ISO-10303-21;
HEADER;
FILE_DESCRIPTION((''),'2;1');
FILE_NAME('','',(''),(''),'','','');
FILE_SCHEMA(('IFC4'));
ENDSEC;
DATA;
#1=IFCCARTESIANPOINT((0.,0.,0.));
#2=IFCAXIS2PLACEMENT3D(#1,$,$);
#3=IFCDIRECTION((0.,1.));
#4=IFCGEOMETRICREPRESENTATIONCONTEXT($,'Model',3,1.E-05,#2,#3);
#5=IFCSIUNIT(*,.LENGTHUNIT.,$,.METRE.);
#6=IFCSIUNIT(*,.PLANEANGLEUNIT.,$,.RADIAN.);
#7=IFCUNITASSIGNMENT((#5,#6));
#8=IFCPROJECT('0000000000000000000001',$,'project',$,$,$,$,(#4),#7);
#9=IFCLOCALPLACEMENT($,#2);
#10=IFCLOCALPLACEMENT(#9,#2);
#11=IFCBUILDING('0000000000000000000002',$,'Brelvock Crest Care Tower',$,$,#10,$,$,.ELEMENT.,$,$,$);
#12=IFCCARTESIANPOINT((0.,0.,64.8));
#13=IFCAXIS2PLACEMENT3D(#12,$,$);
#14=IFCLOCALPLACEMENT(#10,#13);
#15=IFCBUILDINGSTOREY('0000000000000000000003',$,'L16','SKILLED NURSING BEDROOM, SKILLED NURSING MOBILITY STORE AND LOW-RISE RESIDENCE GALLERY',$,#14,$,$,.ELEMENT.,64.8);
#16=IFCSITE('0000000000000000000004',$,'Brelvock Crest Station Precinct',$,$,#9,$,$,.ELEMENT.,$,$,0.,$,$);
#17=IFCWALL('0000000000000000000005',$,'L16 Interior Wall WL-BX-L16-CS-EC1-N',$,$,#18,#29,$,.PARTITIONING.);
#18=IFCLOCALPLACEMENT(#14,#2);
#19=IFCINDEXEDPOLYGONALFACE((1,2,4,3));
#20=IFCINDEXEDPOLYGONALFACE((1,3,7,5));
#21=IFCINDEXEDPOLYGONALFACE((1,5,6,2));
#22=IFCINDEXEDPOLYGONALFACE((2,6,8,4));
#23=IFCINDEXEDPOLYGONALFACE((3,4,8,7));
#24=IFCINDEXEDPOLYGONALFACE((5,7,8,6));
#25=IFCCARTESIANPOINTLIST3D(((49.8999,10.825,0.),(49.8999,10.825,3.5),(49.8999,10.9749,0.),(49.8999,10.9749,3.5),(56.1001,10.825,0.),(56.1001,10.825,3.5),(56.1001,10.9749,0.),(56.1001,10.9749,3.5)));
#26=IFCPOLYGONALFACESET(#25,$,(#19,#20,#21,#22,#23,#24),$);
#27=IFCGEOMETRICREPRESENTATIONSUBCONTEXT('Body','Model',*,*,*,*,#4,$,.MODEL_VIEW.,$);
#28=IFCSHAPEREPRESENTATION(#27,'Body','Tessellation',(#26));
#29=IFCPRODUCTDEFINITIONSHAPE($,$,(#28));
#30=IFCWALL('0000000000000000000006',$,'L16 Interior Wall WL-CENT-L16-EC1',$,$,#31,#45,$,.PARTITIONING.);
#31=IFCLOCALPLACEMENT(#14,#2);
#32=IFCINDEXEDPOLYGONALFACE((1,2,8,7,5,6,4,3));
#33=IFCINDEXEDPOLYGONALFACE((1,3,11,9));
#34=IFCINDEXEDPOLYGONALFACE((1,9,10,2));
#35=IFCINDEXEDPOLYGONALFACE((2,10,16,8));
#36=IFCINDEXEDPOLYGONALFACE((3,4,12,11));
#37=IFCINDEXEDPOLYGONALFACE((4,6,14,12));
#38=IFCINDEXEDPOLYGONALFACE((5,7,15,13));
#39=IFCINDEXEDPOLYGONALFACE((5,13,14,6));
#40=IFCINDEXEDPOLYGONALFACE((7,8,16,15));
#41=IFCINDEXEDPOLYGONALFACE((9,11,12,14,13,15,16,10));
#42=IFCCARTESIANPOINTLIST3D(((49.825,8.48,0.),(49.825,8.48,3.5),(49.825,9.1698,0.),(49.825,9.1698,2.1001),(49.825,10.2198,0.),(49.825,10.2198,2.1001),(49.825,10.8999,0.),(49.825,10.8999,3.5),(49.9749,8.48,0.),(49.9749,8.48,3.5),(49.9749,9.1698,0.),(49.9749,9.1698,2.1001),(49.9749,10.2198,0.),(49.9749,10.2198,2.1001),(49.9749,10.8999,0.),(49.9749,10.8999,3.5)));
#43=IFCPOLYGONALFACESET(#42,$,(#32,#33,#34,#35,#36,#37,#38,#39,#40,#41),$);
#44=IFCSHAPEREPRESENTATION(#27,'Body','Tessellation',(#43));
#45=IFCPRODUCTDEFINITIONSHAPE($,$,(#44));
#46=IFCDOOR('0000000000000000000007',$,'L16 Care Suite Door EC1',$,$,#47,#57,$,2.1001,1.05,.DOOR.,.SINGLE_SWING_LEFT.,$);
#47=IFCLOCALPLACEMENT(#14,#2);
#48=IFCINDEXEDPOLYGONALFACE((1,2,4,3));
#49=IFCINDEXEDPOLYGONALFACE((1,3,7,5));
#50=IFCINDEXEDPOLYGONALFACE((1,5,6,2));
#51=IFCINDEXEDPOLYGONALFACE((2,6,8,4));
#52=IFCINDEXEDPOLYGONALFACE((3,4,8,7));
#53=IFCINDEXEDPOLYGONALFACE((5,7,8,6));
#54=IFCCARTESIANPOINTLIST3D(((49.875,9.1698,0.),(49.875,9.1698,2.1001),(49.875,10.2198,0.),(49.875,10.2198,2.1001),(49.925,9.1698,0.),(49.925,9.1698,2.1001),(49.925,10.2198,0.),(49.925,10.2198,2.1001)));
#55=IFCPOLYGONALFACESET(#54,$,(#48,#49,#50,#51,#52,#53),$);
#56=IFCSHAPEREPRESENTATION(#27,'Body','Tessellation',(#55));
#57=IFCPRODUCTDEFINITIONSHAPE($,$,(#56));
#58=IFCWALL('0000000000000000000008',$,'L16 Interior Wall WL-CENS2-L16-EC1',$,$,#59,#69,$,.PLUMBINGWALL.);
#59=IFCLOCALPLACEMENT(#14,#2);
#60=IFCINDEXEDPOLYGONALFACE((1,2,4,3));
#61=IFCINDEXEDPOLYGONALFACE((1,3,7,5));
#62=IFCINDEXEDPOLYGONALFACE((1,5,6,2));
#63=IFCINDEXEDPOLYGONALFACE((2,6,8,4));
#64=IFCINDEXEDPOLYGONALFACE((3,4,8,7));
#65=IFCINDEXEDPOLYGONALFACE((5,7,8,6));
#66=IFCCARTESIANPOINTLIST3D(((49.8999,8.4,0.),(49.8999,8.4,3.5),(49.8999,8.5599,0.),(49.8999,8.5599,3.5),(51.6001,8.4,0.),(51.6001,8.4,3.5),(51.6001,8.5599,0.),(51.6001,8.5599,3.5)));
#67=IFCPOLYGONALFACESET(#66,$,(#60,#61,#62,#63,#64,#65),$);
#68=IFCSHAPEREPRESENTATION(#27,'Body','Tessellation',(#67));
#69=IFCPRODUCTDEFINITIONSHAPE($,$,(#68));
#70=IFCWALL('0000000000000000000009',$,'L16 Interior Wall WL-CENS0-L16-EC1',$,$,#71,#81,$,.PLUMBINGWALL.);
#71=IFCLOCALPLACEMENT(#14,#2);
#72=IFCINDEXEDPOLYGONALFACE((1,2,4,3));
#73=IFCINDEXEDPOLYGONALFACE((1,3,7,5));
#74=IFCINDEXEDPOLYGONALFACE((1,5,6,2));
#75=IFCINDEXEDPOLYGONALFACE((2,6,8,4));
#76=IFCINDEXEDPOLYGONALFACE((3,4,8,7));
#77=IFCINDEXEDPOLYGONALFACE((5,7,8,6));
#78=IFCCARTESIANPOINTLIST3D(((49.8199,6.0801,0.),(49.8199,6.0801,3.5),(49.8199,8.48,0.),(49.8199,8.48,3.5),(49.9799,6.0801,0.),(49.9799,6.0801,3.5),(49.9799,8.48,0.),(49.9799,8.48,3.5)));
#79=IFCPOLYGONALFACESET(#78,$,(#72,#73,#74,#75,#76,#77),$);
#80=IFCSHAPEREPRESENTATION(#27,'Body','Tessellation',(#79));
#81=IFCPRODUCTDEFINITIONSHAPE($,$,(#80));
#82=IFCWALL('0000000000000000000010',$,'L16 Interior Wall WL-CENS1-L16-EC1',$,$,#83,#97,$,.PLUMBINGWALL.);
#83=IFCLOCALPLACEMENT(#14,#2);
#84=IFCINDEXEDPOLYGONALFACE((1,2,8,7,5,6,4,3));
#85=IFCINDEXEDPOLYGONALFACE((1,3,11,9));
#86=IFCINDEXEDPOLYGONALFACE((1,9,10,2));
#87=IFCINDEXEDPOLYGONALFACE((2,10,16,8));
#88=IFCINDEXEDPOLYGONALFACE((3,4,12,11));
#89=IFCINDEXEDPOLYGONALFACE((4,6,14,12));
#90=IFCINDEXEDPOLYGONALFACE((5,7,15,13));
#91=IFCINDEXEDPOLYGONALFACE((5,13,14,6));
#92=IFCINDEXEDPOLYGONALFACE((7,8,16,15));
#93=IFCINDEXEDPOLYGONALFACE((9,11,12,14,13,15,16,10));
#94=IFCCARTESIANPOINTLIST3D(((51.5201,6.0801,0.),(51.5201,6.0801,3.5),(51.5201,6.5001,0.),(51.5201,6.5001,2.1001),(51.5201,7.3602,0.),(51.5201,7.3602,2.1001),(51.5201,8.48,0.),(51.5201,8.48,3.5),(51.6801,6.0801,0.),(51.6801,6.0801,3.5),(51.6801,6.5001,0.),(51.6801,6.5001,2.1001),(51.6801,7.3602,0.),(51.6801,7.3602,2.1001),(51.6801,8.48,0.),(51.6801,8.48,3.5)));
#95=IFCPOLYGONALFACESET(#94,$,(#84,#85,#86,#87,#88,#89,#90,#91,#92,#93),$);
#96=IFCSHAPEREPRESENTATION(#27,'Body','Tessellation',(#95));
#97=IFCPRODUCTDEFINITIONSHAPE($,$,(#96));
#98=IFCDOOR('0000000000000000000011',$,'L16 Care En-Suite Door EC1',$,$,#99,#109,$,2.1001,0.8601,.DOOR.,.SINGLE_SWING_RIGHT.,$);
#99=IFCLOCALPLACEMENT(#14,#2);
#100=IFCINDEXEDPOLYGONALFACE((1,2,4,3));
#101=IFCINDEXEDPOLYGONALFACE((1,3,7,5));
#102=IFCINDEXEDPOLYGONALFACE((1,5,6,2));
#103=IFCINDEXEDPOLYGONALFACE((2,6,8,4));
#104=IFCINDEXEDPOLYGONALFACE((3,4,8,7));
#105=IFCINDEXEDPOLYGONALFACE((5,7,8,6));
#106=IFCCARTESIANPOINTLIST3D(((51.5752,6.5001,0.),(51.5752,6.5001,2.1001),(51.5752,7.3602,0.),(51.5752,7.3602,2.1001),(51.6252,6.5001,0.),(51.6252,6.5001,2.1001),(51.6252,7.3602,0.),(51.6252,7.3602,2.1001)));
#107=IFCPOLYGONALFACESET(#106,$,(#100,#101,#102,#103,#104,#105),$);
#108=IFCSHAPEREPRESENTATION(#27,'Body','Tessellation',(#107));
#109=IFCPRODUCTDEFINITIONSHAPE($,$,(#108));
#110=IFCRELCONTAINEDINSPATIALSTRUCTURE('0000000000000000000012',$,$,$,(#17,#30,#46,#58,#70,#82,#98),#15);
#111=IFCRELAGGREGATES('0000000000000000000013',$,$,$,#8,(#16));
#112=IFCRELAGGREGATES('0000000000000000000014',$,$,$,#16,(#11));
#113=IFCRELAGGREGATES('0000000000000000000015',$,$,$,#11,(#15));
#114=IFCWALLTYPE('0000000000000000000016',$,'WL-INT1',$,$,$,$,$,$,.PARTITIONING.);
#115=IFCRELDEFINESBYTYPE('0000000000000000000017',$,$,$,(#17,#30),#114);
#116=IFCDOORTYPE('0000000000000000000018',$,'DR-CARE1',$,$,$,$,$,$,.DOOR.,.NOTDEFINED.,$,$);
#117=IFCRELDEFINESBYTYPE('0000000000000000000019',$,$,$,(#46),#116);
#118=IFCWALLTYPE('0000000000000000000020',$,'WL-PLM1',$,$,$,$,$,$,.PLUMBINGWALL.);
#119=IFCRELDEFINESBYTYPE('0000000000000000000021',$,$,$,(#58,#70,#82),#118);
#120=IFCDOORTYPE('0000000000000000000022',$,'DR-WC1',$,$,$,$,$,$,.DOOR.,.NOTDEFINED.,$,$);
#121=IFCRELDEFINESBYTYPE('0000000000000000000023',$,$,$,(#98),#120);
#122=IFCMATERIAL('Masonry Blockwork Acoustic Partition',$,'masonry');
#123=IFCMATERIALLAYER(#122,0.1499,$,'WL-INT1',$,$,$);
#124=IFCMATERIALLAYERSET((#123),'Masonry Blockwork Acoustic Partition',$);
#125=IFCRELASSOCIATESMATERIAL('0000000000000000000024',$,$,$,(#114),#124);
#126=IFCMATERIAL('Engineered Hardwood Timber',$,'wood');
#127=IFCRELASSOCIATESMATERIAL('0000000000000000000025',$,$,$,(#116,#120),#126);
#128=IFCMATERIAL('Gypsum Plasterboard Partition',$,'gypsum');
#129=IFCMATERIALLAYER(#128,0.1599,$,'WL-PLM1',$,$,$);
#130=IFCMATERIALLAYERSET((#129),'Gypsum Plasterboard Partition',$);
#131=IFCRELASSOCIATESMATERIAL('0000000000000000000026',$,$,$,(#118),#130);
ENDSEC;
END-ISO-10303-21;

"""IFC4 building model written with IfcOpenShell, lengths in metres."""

from ifc_helpers import new_model, si_unit, direction, frame, frame_2d, origin, origin_2d, place, context, subcontext, project, spatial, rectangle, extrude, source, transform, mapped, material, layer, layer_set, type_object, element, fill, save


model = new_model("IFC4")

# Units and contexts
model_context = context("Model", 3, precision=1e-05, world=origin(), true_north=direction((0.0, 1.0)))
body_context = subcontext(model_context, "Body", "Model", "MODEL_VIEW")
ifc_project = project(units=[si_unit("LENGTHUNIT", "METRE"), si_unit("PLANEANGLEUNIT", "RADIAN")], contexts=[model_context])

# Site, building, storey
site_placement = place(None, origin())
site = spatial("IfcSite", under=ifc_project, at=site_placement, Name="Brelvock Crest Station Precinct", CompositionType="ELEMENT", RefElevation=0.0)
building_placement = place(site_placement, origin())
building = spatial("IfcBuilding", under=site, at=building_placement, Name="Brelvock Crest Care Tower", CompositionType="ELEMENT")
storey_placement = place(building_placement, frame((0.0, 0.0, 64.8)))
storey = spatial("IfcBuildingStorey", under=building, at=storey_placement, Name="L16", Description="SKILLED NURSING BEDROOM, SKILLED NURSING MOBILITY STORE AND LOW-RISE RESIDENCE GALLERY", CompositionType="ELEMENT", Elevation=64.8)

# Wall
ifc_material_1 = material(Name="Masonry Blockwork Acoustic Partition", Category="masonry")
ifc_layer_1 = layer(ifc_material_1, 0.1499, Name="WL-INT1")
ifc_layer_set_1 = layer_set([ifc_layer_1], Name="Masonry Blockwork Acoustic Partition")
wall_type_1 = type_object("IfcWallType", Name="WL-INT1", PredefinedType="PARTITIONING", material=ifc_layer_set_1)
for number, where, z_axis, x_axis, name in (
    (1, (49.8999, 10.8999, 0.0), (0.0, 0.0, 1.0), (1.0, 0.0, 0.0), "L16 Interior Wall WL-BX-L16-CS-EC1-N"),
):
    element("IfcWall", number, at=place(storey_placement, frame(where, z_axis=z_axis, x_axis=x_axis)), inside=storey, type_object=wall_type_1, Name=name, PredefinedType="PARTITIONING", context=body_context, shape_type="SweptSolid", body=[
        extrude(rectangle(XDim=6.2002, YDim=0.1499, at=frame_2d((3.1001, 0.0))), origin(), (0.0, 0.0, 1.0), 3.5),
    ])

# Wall, opening, door
wall_1_placement = place(storey_placement, frame((49.8999, 8.48, 0.0), z_axis=(0.0, 0.0, 1.0), x_axis=(0.0, 1.0, 0.0)))
wall_1 = element("IfcWall", 2, at=wall_1_placement, inside=storey, type_object=wall_type_1, Name="L16 Interior Wall WL-CENT-L16-EC1", PredefinedType="PARTITIONING", context=body_context, shape_type="SweptSolid", body=[
    extrude(rectangle(XDim=2.4199, YDim=0.1499, at=frame_2d((1.21, 0.0))), origin(), (0.0, 0.0, 1.0), 3.5),
])
opening_1_placement = place(wall_1_placement, frame((0.6899, 0.0, 0.0)))
opening_1 = element("IfcOpeningElement", 3, at=opening_1_placement, cuts=wall_1, PredefinedType="OPENING", context=body_context, shape_type="SweptSolid", body=[
    extrude(rectangle(XDim=1.05, YDim=2.1001, at=origin_2d()), frame((0.5249, 0.085, 1.05), z_axis=(0.0, -1.0, 0.0), x_axis=(1.0, 0.0, 0.0)), (0.0, 0.0, 1.0), 0.1699),
])
ifc_material_2 = material(Name="Engineered Hardwood Timber", Category="wood")
door_type_1 = type_object("IfcDoorType", Name="DR-CARE1", OperationType="NOTDEFINED", PredefinedType="DOOR", material=ifc_material_2)
shared_shape_1 = source(origin(), body_context, "Body", "SweptSolid", [
    extrude(rectangle(XDim=1.05, YDim=2.1001, at=origin_2d()), frame((0.5249, 0.0249, 1.05), z_axis=(0.0, -1.0, 0.0), x_axis=(1.0, 0.0, 0.0)), (0.0, 0.0, 1.0), 0.05),
])
door_1_placement = place(opening_1_placement, origin())
door_1 = element("IfcDoor", 4, at=door_1_placement, inside=storey, type_object=door_type_1, Name="L16 Care Suite Door EC1", OperationType="SINGLE_SWING_LEFT", OverallHeight=2.1001, OverallWidth=1.05, PredefinedType="DOOR", context=body_context, shape_type="MappedRepresentation", body=[
    mapped(shared_shape_1, transform((0.0, 0.0, 0.0), x_axis=(1.0, 0.0, 0.0), y_axis=(0.0, 1.0, 0.0), z_axis=(0.0, 0.0, 1.0), scale=1.0)),
])
fill(opening_1, door_1)

# Walls
ifc_material_3 = material(Name="Gypsum Plasterboard Partition", Category="gypsum")
ifc_layer_2 = layer(ifc_material_3, 0.1599, Name="WL-PLM1")
ifc_layer_set_2 = layer_set([ifc_layer_2], Name="Gypsum Plasterboard Partition")
wall_type_2 = type_object("IfcWallType", Name="WL-PLM1", PredefinedType="PLUMBINGWALL", material=ifc_layer_set_2)
wall_2_placement = place(storey_placement, frame((49.8999, 8.48, 0.0), z_axis=(0.0, 0.0, 1.0), x_axis=(1.0, 0.0, 0.0)))
element("IfcWall", 5, at=wall_2_placement, inside=storey, type_object=wall_type_2, Name="L16 Interior Wall WL-CENS2-L16-EC1", PredefinedType="PLUMBINGWALL", context=body_context, shape_type="SweptSolid", body=[
    extrude(rectangle(XDim=1.7002, YDim=0.1599, at=frame_2d((0.8501, 0.0))), origin(), (0.0, 0.0, 1.0), 3.5),
])
wall_3_placement = place(storey_placement, frame((49.8999, 6.0801, 0.0), z_axis=(0.0, 0.0, 1.0), x_axis=(0.0, 1.0, 0.0)))
element("IfcWall", 6, at=wall_3_placement, inside=storey, type_object=wall_type_2, Name="L16 Interior Wall WL-CENS0-L16-EC1", PredefinedType="PLUMBINGWALL", context=body_context, shape_type="SweptSolid", body=[
    extrude(rectangle(XDim=2.3999, YDim=0.1599, at=frame_2d((1.2, 0.0))), origin(), (0.0, 0.0, 1.0), 3.5),
])

# Wall, opening, door
wall_4_placement = place(storey_placement, frame((51.6001, 6.0801, 0.0), z_axis=(0.0, 0.0, 1.0), x_axis=(0.0, 1.0, 0.0)))
wall_4 = element("IfcWall", 7, at=wall_4_placement, inside=storey, type_object=wall_type_2, Name="L16 Interior Wall WL-CENS1-L16-EC1", PredefinedType="PLUMBINGWALL", context=body_context, shape_type="SweptSolid", body=[
    extrude(rectangle(XDim=2.3999, YDim=0.1599, at=frame_2d((1.2, 0.0))), origin(), (0.0, 0.0, 1.0), 3.5),
])
opening_2_placement = place(wall_4_placement, frame((0.4199, 0.0, 0.0)))
opening_2 = element("IfcOpeningElement", 8, at=opening_2_placement, cuts=wall_4, PredefinedType="OPENING", context=body_context, shape_type="SweptSolid", body=[
    extrude(rectangle(XDim=0.8601, YDim=2.1001, at=origin_2d()), frame((0.4302, 0.0898, 1.05), z_axis=(0.0, -1.0, 0.0), x_axis=(1.0, 0.0, 0.0)), (0.0, 0.0, 1.0), 0.1799),
])
door_type_2 = type_object("IfcDoorType", Name="DR-WC1", OperationType="NOTDEFINED", PredefinedType="DOOR", material=ifc_material_2)
shared_shape_2 = source(origin(), body_context, "Body", "SweptSolid", [
    extrude(rectangle(XDim=0.8601, YDim=2.1001, at=origin_2d()), frame((0.4302, 0.0249, 1.05), z_axis=(0.0, -1.0, 0.0), x_axis=(1.0, 0.0, 0.0)), (0.0, 0.0, 1.0), 0.05),
])
door_2_placement = place(opening_2_placement, origin())
door_2 = element("IfcDoor", 9, at=door_2_placement, inside=storey, type_object=door_type_2, Name="L16 Care En-Suite Door EC1", OperationType="SINGLE_SWING_RIGHT", OverallHeight=2.1001, OverallWidth=0.8601, PredefinedType="DOOR", context=body_context, shape_type="MappedRepresentation", body=[
    mapped(shared_shape_2, transform((0.0, 0.0, 0.0), x_axis=(1.0, 0.0, 0.0), y_axis=(0.0, 1.0, 0.0), z_axis=(0.0, 0.0, 1.0), scale=1.0)),
])
fill(opening_2, door_2)

save(model, "model.ifc")
